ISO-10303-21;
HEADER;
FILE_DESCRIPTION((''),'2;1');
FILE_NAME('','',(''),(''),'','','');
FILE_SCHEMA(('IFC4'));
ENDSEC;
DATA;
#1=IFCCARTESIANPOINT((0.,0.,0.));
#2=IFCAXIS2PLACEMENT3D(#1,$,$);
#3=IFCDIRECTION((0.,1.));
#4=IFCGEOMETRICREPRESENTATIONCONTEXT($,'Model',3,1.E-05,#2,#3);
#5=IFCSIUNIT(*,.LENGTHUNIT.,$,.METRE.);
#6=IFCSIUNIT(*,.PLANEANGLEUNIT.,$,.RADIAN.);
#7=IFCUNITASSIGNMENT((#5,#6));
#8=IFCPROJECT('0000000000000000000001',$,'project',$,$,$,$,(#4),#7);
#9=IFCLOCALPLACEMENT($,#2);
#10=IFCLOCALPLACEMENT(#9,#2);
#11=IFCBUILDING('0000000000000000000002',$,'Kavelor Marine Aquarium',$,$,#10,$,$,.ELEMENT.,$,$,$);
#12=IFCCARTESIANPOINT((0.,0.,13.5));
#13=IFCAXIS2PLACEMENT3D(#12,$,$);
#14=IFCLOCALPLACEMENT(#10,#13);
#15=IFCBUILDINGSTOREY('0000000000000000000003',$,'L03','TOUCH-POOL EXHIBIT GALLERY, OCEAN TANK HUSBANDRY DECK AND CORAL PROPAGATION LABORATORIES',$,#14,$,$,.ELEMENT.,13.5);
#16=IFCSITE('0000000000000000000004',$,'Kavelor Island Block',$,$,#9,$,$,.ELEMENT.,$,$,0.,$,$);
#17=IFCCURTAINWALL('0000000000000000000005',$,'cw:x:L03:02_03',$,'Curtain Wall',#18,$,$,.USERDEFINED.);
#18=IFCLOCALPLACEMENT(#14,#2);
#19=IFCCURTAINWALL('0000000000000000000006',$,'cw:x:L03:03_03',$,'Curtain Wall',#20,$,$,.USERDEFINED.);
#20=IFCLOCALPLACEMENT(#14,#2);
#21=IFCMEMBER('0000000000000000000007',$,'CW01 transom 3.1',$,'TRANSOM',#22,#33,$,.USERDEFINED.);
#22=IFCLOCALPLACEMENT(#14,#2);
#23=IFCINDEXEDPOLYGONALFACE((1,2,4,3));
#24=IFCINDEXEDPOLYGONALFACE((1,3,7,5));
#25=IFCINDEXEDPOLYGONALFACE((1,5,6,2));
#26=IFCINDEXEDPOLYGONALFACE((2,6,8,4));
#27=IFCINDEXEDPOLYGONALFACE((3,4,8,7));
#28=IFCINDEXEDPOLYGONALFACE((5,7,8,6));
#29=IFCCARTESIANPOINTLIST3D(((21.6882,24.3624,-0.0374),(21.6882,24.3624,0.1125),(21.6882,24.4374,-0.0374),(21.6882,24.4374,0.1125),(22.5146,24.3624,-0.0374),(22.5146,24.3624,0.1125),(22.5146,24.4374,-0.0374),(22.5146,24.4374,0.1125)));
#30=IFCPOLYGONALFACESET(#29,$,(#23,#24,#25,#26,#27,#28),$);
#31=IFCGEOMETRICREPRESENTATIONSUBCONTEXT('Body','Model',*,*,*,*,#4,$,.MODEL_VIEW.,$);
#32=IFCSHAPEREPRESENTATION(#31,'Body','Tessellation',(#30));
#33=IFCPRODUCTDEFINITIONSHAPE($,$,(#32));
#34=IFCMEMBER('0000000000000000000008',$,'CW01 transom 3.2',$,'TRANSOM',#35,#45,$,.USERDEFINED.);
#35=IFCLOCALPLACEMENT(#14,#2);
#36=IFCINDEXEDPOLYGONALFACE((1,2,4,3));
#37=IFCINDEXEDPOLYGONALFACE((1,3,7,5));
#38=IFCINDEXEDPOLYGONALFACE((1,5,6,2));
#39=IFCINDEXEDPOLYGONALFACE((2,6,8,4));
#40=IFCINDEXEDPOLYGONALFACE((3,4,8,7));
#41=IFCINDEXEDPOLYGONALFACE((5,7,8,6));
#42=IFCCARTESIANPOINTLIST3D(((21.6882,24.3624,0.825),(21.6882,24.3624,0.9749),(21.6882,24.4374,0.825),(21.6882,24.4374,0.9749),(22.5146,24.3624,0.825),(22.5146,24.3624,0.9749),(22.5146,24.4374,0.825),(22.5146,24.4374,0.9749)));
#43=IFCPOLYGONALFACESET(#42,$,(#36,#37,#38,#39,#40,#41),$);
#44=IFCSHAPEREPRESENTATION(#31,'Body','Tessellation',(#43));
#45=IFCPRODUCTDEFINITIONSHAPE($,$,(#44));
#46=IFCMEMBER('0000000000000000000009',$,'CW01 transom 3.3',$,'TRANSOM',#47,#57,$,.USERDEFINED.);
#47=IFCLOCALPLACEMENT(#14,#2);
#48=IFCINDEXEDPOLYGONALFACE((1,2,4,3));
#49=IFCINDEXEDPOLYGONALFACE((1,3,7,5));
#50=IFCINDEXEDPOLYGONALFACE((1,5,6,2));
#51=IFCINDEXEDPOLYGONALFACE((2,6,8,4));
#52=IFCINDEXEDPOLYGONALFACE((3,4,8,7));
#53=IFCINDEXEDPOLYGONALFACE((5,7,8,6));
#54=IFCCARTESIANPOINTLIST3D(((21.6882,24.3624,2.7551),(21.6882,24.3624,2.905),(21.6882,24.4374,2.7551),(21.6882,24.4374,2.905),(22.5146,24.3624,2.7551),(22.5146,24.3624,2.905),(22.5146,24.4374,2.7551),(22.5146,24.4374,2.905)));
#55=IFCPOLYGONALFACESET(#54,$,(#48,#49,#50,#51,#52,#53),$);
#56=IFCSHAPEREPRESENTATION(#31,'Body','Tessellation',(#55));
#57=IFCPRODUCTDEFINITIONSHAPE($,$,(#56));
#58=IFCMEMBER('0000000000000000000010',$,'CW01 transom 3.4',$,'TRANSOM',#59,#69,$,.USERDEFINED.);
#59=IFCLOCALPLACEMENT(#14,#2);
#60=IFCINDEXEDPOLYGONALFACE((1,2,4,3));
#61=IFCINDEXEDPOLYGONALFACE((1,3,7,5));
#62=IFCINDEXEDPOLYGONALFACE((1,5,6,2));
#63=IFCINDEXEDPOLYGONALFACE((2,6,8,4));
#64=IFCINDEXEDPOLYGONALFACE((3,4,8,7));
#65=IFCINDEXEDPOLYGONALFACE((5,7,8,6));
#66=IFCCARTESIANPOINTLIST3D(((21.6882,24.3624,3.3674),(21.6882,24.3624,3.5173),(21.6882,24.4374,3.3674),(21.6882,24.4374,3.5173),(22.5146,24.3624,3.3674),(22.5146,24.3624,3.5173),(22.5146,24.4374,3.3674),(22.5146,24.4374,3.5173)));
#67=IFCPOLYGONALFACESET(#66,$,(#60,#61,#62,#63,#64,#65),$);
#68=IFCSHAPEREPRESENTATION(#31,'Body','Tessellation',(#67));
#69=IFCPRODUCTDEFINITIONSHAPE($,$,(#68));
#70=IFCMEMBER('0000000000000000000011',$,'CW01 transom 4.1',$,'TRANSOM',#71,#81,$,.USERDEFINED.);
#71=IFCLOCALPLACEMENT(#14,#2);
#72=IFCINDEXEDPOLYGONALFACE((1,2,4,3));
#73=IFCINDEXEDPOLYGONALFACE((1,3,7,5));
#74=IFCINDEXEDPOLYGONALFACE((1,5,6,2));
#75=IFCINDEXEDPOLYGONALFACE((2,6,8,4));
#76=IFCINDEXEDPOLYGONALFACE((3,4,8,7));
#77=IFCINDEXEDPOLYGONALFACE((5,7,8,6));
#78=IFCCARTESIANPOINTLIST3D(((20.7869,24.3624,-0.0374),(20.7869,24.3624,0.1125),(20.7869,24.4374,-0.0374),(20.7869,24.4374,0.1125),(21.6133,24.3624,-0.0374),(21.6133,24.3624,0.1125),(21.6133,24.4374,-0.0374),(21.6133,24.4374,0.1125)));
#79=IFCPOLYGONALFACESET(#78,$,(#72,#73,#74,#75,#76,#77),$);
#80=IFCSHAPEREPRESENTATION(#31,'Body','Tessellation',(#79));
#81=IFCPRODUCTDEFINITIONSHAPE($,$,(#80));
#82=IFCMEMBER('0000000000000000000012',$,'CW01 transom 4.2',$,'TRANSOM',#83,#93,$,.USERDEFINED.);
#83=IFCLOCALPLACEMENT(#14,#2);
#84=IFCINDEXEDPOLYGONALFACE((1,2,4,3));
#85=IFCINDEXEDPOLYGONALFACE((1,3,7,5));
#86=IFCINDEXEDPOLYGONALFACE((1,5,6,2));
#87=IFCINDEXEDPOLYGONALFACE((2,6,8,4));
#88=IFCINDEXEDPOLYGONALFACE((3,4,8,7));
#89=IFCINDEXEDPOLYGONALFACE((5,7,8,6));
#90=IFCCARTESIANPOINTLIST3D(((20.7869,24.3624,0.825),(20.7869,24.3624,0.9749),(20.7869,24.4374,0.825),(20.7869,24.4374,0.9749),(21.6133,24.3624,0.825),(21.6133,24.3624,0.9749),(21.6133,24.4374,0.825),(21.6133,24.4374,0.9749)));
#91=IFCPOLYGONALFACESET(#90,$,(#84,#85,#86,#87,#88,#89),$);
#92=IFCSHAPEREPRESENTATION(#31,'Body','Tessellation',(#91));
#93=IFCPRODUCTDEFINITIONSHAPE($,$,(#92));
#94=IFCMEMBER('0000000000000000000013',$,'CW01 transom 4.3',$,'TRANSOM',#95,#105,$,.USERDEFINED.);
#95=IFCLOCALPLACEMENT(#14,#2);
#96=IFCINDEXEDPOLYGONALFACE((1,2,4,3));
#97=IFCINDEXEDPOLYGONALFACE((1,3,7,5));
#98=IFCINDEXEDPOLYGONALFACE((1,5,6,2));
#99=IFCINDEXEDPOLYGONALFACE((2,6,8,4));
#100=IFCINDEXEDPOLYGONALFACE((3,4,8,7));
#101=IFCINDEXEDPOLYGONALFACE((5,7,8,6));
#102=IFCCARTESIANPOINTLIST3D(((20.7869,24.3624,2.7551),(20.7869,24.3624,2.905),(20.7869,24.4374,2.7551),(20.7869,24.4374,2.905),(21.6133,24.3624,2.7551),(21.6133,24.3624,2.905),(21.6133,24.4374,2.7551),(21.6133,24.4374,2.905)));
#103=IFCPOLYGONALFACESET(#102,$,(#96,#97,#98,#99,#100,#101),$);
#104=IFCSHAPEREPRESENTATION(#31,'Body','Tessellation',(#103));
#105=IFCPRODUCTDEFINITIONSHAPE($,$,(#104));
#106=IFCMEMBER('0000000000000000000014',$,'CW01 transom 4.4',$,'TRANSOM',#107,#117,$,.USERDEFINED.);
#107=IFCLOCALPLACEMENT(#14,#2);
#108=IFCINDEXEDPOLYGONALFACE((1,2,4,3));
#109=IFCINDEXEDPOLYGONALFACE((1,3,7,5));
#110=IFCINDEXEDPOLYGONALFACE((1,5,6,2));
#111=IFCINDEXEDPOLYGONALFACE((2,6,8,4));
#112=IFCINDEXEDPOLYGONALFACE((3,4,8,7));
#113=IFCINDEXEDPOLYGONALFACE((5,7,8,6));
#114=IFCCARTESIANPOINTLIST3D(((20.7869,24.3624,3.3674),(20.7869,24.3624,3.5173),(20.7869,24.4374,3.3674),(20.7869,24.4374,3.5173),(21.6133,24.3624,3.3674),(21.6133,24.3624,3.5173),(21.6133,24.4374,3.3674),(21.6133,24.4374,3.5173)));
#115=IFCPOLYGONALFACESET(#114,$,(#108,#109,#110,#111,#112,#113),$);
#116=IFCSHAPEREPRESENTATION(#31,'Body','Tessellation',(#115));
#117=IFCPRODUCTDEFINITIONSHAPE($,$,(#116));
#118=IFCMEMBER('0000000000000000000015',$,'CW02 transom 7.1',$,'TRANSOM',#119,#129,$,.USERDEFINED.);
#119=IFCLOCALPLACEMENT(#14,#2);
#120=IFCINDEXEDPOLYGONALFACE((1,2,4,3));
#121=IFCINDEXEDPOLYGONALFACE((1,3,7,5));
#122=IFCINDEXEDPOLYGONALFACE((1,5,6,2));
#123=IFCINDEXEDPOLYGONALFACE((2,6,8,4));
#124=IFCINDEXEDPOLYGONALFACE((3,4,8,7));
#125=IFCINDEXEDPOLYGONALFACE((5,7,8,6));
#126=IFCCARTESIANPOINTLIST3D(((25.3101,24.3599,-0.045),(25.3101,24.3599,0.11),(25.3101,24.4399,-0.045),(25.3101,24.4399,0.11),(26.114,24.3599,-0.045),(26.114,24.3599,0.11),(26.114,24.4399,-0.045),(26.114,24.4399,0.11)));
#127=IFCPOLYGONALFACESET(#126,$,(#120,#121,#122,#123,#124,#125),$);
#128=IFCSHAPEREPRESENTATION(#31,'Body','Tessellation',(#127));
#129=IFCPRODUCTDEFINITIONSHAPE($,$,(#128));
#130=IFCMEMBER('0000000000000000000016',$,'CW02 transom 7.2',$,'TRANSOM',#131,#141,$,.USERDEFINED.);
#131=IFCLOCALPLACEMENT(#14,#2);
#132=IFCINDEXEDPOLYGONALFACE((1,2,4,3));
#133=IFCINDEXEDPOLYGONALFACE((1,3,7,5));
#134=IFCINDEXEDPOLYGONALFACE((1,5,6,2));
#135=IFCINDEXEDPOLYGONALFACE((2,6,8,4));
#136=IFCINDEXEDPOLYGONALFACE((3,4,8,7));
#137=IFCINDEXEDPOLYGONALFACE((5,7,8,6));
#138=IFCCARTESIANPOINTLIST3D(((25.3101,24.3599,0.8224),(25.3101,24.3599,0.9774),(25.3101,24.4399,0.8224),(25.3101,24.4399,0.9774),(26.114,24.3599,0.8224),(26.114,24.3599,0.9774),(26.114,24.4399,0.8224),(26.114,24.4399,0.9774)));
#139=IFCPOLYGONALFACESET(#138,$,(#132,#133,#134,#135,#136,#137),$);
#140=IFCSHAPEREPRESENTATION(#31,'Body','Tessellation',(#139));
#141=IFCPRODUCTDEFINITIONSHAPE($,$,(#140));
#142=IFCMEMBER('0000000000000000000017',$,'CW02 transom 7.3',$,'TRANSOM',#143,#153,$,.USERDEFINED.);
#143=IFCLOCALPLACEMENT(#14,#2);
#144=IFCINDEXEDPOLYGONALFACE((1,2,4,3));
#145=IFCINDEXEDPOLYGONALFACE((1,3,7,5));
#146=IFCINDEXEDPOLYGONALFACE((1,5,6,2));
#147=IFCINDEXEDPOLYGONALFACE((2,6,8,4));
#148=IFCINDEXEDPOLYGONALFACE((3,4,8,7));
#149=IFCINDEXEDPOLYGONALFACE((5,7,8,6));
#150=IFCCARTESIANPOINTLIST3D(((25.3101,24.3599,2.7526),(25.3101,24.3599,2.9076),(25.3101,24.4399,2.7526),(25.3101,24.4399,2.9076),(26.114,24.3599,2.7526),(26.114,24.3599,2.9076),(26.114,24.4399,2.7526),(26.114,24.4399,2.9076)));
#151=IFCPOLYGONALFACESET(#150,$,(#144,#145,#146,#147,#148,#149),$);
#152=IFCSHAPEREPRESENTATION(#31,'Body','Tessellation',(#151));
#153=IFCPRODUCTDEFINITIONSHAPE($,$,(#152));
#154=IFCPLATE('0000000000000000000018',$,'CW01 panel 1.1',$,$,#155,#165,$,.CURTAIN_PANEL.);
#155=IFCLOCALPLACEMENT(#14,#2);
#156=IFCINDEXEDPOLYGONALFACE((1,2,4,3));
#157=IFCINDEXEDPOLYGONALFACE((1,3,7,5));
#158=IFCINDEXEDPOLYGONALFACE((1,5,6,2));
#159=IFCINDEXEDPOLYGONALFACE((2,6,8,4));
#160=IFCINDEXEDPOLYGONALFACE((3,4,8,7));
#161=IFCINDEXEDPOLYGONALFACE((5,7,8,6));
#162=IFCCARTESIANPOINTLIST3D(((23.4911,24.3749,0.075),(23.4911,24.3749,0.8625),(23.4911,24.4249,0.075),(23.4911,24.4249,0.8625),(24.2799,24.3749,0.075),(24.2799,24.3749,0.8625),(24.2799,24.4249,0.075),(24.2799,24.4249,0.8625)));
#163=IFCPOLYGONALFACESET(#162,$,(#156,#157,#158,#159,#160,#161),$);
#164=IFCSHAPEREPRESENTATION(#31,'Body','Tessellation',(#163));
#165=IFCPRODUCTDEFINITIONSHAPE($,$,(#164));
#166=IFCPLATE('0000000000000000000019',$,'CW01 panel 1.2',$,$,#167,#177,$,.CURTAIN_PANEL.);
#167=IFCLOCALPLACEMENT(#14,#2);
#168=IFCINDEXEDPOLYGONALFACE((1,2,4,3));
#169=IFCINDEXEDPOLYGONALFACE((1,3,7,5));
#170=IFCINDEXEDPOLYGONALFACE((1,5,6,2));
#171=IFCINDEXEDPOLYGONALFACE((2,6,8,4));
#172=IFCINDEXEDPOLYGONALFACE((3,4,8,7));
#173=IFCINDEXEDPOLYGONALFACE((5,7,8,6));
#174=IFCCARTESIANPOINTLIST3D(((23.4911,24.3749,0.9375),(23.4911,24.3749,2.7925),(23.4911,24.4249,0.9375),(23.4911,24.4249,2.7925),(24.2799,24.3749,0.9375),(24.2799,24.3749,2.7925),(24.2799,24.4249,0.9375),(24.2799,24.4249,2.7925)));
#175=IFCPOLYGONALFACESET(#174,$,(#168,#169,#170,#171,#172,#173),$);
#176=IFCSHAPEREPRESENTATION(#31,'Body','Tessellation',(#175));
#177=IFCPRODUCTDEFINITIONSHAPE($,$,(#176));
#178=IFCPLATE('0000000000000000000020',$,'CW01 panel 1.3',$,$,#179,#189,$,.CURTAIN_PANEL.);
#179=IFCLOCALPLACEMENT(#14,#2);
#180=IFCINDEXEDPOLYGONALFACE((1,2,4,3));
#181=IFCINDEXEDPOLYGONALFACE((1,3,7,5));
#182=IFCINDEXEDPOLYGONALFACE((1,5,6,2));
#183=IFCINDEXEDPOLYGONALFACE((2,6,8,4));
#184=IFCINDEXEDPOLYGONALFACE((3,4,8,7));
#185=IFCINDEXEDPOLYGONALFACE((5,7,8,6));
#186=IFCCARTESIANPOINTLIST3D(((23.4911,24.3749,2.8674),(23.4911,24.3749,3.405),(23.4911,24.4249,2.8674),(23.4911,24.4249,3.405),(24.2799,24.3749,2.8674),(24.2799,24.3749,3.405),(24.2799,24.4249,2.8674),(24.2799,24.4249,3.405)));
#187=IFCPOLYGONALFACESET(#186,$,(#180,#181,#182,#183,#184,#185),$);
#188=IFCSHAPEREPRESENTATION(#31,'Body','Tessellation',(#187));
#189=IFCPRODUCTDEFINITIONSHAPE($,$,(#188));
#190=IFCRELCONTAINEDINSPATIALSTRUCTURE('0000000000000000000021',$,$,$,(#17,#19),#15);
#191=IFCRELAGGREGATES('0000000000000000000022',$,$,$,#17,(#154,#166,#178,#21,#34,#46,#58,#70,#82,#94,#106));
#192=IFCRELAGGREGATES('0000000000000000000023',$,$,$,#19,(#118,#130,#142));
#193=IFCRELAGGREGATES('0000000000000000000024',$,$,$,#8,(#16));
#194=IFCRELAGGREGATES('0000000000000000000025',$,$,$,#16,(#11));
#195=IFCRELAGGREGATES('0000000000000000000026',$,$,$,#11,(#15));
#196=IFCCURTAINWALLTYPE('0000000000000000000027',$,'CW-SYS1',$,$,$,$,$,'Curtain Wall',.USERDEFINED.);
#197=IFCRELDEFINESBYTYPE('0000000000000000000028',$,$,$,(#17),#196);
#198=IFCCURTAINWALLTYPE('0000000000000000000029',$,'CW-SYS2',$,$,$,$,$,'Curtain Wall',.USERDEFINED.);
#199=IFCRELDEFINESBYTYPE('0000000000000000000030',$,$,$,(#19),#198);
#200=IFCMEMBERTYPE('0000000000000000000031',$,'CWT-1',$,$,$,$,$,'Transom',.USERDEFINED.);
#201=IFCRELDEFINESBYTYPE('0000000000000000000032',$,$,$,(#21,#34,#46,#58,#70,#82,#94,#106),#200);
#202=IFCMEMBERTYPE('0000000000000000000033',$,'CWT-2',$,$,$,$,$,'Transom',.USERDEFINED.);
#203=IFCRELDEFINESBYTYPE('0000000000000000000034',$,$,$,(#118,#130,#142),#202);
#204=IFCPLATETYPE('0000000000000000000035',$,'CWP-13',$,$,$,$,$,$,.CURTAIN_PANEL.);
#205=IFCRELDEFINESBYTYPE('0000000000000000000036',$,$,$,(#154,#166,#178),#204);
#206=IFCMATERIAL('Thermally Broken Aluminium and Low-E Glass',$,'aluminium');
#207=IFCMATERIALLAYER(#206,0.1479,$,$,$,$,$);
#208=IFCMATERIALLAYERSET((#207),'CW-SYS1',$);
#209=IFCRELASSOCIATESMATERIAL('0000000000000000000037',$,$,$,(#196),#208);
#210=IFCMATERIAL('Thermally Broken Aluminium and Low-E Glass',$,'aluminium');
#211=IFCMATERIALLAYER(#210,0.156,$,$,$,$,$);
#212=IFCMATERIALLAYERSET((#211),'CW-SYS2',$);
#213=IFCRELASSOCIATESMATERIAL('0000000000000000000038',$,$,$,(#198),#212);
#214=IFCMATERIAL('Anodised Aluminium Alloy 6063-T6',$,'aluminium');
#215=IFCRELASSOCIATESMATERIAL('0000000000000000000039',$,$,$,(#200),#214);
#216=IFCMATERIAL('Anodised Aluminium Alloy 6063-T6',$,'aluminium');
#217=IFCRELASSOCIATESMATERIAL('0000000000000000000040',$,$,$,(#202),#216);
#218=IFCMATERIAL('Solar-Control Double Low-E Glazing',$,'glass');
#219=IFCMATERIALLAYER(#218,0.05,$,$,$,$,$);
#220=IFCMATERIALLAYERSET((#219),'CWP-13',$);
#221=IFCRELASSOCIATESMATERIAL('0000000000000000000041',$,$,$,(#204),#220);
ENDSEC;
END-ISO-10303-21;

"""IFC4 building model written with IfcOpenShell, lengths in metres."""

from ifc_helpers import new_model, si_unit, direction, frame, origin, origin_2d, place, context, subcontext, project, spatial, rectangle, extrude, material, layer, layer_set, material_profile, profile_set, type_object, element, aggregate, save


model = new_model("IFC4")

# Units and contexts
model_context = context("Model", 3, precision=1e-05, world=origin(), true_north=direction((0.0, 1.0)))
body_context = subcontext(model_context, "Body", "Model", "MODEL_VIEW")
ifc_project = project(units=[si_unit("LENGTHUNIT", "METRE"), si_unit("PLANEANGLEUNIT", "RADIAN")], contexts=[model_context])

# Site, building, storey
site_placement = place(None, origin())
site = spatial("IfcSite", under=ifc_project, at=site_placement, Name="Kavelor Island Block", CompositionType="ELEMENT", RefElevation=0.0)
building_placement = place(site_placement, origin())
building = spatial("IfcBuilding", under=site, at=building_placement, Name="Kavelor Marine Aquarium", CompositionType="ELEMENT")
storey_placement = place(building_placement, frame((0.0, 0.0, 13.5)))
storey = spatial("IfcBuildingStorey", under=building, at=storey_placement, Name="L03", Description="TOUCH-POOL EXHIBIT GALLERY, OCEAN TANK HUSBANDRY DECK AND CORAL PROPAGATION LABORATORIES", CompositionType="ELEMENT", Elevation=13.5)

# Curtain wall
ifc_material_1 = material(Name="Thermally Broken Aluminium and Low-E Glass", Category="aluminium")
ifc_layer_1 = layer(ifc_material_1, 0.1479)
ifc_layer_set_1 = layer_set([ifc_layer_1], Name="CW-SYS1")
curtain_wall_type_1 = type_object("IfcCurtainWallType", Name="CW-SYS1", ElementType="Curtain Wall", PredefinedType="USERDEFINED", material=ifc_layer_set_1)
curtain_wall_1_placement = place(storey_placement, origin())
curtain_wall_1 = element("IfcCurtainWall", 1, at=curtain_wall_1_placement, inside=storey, type_object=curtain_wall_type_1, Name="cw:x:L03:02_03", ObjectType="Curtain Wall", PredefinedType="USERDEFINED")

# Curtain wall
ifc_material_2 = material(Name="Thermally Broken Aluminium and Low-E Glass", Category="aluminium")
ifc_layer_2 = layer(ifc_material_2, 0.156)
ifc_layer_set_2 = layer_set([ifc_layer_2], Name="CW-SYS2")
curtain_wall_type_2 = type_object("IfcCurtainWallType", Name="CW-SYS2", ElementType="Curtain Wall", PredefinedType="USERDEFINED", material=ifc_layer_set_2)
curtain_wall_2_placement = place(storey_placement, origin())
curtain_wall_2 = element("IfcCurtainWall", 2, at=curtain_wall_2_placement, inside=storey, type_object=curtain_wall_type_2, Name="cw:x:L03:03_03", ObjectType="Curtain Wall", PredefinedType="USERDEFINED")

# Members
ifc_material_3 = material(Name="Anodised Aluminium Alloy 6063-T6", Category="aluminium")
ifc_material_profile_1 = material_profile(ifc_material_3, rectangle(XDim=0.075, YDim=0.1499, at=origin_2d()), Name="CW-TRN 75x150")
ifc_profile_set_1 = profile_set([ifc_material_profile_1], Name="Anodised Aluminium Alloy 6063-T6")
member_type_1 = type_object("IfcMemberType", Name="CWT-1", ElementType="Transom", PredefinedType="USERDEFINED", material=ifc_profile_set_1)
member_1_placement = place(storey_placement, frame((22.5146, 24.3999, 0.0376), z_axis=(-1.0, 0.0, 0.0), x_axis=(0.0, -1.0, 0.0)))
member_1 = element("IfcMember", 3, at=member_1_placement, type_object=member_type_1, Name="CW01 transom 3.1", ObjectType="TRANSOM", PredefinedType="USERDEFINED", context=body_context, shape_type="SweptSolid", body=[
    extrude(rectangle(XDim=0.075, YDim=0.1499, at=origin_2d()), origin(), (0.0, 0.0, 1.0), 0.8264),
])
member_2_placement = place(storey_placement, frame((22.5146, 24.3999, 0.8999), z_axis=(-1.0, 0.0, 0.0), x_axis=(0.0, -1.0, 0.0)))
member_2 = element("IfcMember", 4, at=member_2_placement, type_object=member_type_1, Name="CW01 transom 3.2", ObjectType="TRANSOM", PredefinedType="USERDEFINED", context=body_context, shape_type="SweptSolid", body=[
    extrude(rectangle(XDim=0.075, YDim=0.1499, at=origin_2d()), origin(), (0.0, 0.0, 1.0), 0.8264),
])
member_3_placement = place(storey_placement, frame((22.5146, 24.3999, 2.8301), z_axis=(-1.0, 0.0, 0.0), x_axis=(0.0, -1.0, 0.0)))
member_3 = element("IfcMember", 5, at=member_3_placement, type_object=member_type_1, Name="CW01 transom 3.3", ObjectType="TRANSOM", PredefinedType="USERDEFINED", context=body_context, shape_type="SweptSolid", body=[
    extrude(rectangle(XDim=0.075, YDim=0.1499, at=origin_2d()), origin(), (0.0, 0.0, 1.0), 0.8264),
])
member_4_placement = place(storey_placement, frame((22.5146, 24.3999, 3.4424), z_axis=(-1.0, 0.0, 0.0), x_axis=(0.0, -1.0, 0.0)))
member_4 = element("IfcMember", 6, at=member_4_placement, type_object=member_type_1, Name="CW01 transom 3.4", ObjectType="TRANSOM", PredefinedType="USERDEFINED", context=body_context, shape_type="SweptSolid", body=[
    extrude(rectangle(XDim=0.075, YDim=0.1499, at=origin_2d()), origin(), (0.0, 0.0, 1.0), 0.8264),
])
member_5_placement = place(storey_placement, frame((21.6133, 24.3999, 0.0376), z_axis=(-1.0, 0.0, 0.0), x_axis=(0.0, -1.0, 0.0)))
member_5 = element("IfcMember", 7, at=member_5_placement, type_object=member_type_1, Name="CW01 transom 4.1", ObjectType="TRANSOM", PredefinedType="USERDEFINED", context=body_context, shape_type="SweptSolid", body=[
    extrude(rectangle(XDim=0.075, YDim=0.1499, at=origin_2d()), origin(), (0.0, 0.0, 1.0), 0.8264),
])
member_6_placement = place(storey_placement, frame((21.6133, 24.3999, 0.8999), z_axis=(-1.0, 0.0, 0.0), x_axis=(0.0, -1.0, 0.0)))
member_6 = element("IfcMember", 8, at=member_6_placement, type_object=member_type_1, Name="CW01 transom 4.2", ObjectType="TRANSOM", PredefinedType="USERDEFINED", context=body_context, shape_type="SweptSolid", body=[
    extrude(rectangle(XDim=0.075, YDim=0.1499, at=origin_2d()), origin(), (0.0, 0.0, 1.0), 0.8264),
])
member_7_placement = place(storey_placement, frame((21.6133, 24.3999, 2.8301), z_axis=(-1.0, 0.0, 0.0), x_axis=(0.0, -1.0, 0.0)))
member_7 = element("IfcMember", 9, at=member_7_placement, type_object=member_type_1, Name="CW01 transom 4.3", ObjectType="TRANSOM", PredefinedType="USERDEFINED", context=body_context, shape_type="SweptSolid", body=[
    extrude(rectangle(XDim=0.075, YDim=0.1499, at=origin_2d()), origin(), (0.0, 0.0, 1.0), 0.8264),
])
member_8_placement = place(storey_placement, frame((21.6133, 24.3999, 3.4424), z_axis=(-1.0, 0.0, 0.0), x_axis=(0.0, -1.0, 0.0)))
member_8 = element("IfcMember", 10, at=member_8_placement, type_object=member_type_1, Name="CW01 transom 4.4", ObjectType="TRANSOM", PredefinedType="USERDEFINED", context=body_context, shape_type="SweptSolid", body=[
    extrude(rectangle(XDim=0.075, YDim=0.1499, at=origin_2d()), origin(), (0.0, 0.0, 1.0), 0.8264),
])
ifc_material_4 = material(Name="Anodised Aluminium Alloy 6063-T6", Category="aluminium")
ifc_material_profile_2 = material_profile(ifc_material_4, rectangle(XDim=0.0801, YDim=0.155, at=origin_2d()), Name="CW-TRN 80x155")
ifc_profile_set_2 = profile_set([ifc_material_profile_2], Name="Anodised Aluminium Alloy 6063-T6")
member_type_2 = type_object("IfcMemberType", Name="CWT-2", ElementType="Transom", PredefinedType="USERDEFINED", material=ifc_profile_set_2)
member_9_placement = place(storey_placement, frame((26.114, 24.3999, 0.0325), z_axis=(-1.0, 0.0, 0.0), x_axis=(0.0, -1.0, 0.0)))
member_9 = element("IfcMember", 11, at=member_9_placement, type_object=member_type_2, Name="CW02 transom 7.1", ObjectType="TRANSOM", PredefinedType="USERDEFINED", context=body_context, shape_type="SweptSolid", body=[
    extrude(rectangle(XDim=0.0801, YDim=0.155, at=origin_2d()), origin(), (0.0, 0.0, 1.0), 0.804),
])
member_10_placement = place(storey_placement, frame((26.114, 24.3999, 0.8999), z_axis=(-1.0, 0.0, 0.0), x_axis=(0.0, -1.0, 0.0)))
member_10 = element("IfcMember", 12, at=member_10_placement, type_object=member_type_2, Name="CW02 transom 7.2", ObjectType="TRANSOM", PredefinedType="USERDEFINED", context=body_context, shape_type="SweptSolid", body=[
    extrude(rectangle(XDim=0.0801, YDim=0.155, at=origin_2d()), origin(), (0.0, 0.0, 1.0), 0.804),
])
member_11_placement = place(storey_placement, frame((26.114, 24.3999, 2.8301), z_axis=(-1.0, 0.0, 0.0), x_axis=(0.0, -1.0, 0.0)))
member_11 = element("IfcMember", 13, at=member_11_placement, type_object=member_type_2, Name="CW02 transom 7.3", ObjectType="TRANSOM", PredefinedType="USERDEFINED", context=body_context, shape_type="SweptSolid", body=[
    extrude(rectangle(XDim=0.0801, YDim=0.155, at=origin_2d()), origin(), (0.0, 0.0, 1.0), 0.804),
])

# Plates
ifc_material_5 = material(Name="Solar-Control Double Low-E Glazing", Category="glass")
ifc_layer_3 = layer(ifc_material_5, 0.05)
ifc_layer_set_3 = layer_set([ifc_layer_3], Name="CWP-13")
plate_type_1 = type_object("IfcPlateType", Name="CWP-13", PredefinedType="CURTAIN_PANEL", material=ifc_layer_set_3)
plate_1_placement = place(storey_placement, frame((23.8855, 24.3999, 0.075), z_axis=(0.0, 0.0, 1.0), x_axis=(-1.0, 0.0, 0.0)))
plate_1 = element("IfcPlate", 14, at=plate_1_placement, type_object=plate_type_1, Name="CW01 panel 1.1", PredefinedType="CURTAIN_PANEL", context=body_context, shape_type="SweptSolid", body=[
    extrude(rectangle(XDim=0.7888, YDim=0.05, at=origin_2d()), origin(), (0.0, 0.0, 1.0), 0.7876),
])
plate_2_placement = place(storey_placement, frame((23.8855, 24.3999, 0.9375), z_axis=(0.0, 0.0, 1.0), x_axis=(-1.0, 0.0, 0.0)))
plate_2 = element("IfcPlate", 15, at=plate_2_placement, type_object=plate_type_1, Name="CW01 panel 1.2", PredefinedType="CURTAIN_PANEL", context=body_context, shape_type="SweptSolid", body=[
    extrude(rectangle(XDim=0.7888, YDim=0.05, at=origin_2d()), origin(), (0.0, 0.0, 1.0), 1.855),
])
plate_3_placement = place(storey_placement, frame((23.8855, 24.3999, 2.8674), z_axis=(0.0, 0.0, 1.0), x_axis=(-1.0, 0.0, 0.0)))
plate_3 = element("IfcPlate", 16, at=plate_3_placement, type_object=plate_type_1, Name="CW01 panel 1.3", PredefinedType="CURTAIN_PANEL", context=body_context, shape_type="SweptSolid", body=[
    extrude(rectangle(XDim=0.7888, YDim=0.05, at=origin_2d()), origin(), (0.0, 0.0, 1.0), 0.5376),
])
aggregate(curtain_wall_1, [plate_1, plate_2, plate_3, member_1, member_2, member_3, member_4, member_5, member_6, member_7, member_8])
aggregate(curtain_wall_2, [member_9, member_10, member_11])

save(model, "model.ifc")
